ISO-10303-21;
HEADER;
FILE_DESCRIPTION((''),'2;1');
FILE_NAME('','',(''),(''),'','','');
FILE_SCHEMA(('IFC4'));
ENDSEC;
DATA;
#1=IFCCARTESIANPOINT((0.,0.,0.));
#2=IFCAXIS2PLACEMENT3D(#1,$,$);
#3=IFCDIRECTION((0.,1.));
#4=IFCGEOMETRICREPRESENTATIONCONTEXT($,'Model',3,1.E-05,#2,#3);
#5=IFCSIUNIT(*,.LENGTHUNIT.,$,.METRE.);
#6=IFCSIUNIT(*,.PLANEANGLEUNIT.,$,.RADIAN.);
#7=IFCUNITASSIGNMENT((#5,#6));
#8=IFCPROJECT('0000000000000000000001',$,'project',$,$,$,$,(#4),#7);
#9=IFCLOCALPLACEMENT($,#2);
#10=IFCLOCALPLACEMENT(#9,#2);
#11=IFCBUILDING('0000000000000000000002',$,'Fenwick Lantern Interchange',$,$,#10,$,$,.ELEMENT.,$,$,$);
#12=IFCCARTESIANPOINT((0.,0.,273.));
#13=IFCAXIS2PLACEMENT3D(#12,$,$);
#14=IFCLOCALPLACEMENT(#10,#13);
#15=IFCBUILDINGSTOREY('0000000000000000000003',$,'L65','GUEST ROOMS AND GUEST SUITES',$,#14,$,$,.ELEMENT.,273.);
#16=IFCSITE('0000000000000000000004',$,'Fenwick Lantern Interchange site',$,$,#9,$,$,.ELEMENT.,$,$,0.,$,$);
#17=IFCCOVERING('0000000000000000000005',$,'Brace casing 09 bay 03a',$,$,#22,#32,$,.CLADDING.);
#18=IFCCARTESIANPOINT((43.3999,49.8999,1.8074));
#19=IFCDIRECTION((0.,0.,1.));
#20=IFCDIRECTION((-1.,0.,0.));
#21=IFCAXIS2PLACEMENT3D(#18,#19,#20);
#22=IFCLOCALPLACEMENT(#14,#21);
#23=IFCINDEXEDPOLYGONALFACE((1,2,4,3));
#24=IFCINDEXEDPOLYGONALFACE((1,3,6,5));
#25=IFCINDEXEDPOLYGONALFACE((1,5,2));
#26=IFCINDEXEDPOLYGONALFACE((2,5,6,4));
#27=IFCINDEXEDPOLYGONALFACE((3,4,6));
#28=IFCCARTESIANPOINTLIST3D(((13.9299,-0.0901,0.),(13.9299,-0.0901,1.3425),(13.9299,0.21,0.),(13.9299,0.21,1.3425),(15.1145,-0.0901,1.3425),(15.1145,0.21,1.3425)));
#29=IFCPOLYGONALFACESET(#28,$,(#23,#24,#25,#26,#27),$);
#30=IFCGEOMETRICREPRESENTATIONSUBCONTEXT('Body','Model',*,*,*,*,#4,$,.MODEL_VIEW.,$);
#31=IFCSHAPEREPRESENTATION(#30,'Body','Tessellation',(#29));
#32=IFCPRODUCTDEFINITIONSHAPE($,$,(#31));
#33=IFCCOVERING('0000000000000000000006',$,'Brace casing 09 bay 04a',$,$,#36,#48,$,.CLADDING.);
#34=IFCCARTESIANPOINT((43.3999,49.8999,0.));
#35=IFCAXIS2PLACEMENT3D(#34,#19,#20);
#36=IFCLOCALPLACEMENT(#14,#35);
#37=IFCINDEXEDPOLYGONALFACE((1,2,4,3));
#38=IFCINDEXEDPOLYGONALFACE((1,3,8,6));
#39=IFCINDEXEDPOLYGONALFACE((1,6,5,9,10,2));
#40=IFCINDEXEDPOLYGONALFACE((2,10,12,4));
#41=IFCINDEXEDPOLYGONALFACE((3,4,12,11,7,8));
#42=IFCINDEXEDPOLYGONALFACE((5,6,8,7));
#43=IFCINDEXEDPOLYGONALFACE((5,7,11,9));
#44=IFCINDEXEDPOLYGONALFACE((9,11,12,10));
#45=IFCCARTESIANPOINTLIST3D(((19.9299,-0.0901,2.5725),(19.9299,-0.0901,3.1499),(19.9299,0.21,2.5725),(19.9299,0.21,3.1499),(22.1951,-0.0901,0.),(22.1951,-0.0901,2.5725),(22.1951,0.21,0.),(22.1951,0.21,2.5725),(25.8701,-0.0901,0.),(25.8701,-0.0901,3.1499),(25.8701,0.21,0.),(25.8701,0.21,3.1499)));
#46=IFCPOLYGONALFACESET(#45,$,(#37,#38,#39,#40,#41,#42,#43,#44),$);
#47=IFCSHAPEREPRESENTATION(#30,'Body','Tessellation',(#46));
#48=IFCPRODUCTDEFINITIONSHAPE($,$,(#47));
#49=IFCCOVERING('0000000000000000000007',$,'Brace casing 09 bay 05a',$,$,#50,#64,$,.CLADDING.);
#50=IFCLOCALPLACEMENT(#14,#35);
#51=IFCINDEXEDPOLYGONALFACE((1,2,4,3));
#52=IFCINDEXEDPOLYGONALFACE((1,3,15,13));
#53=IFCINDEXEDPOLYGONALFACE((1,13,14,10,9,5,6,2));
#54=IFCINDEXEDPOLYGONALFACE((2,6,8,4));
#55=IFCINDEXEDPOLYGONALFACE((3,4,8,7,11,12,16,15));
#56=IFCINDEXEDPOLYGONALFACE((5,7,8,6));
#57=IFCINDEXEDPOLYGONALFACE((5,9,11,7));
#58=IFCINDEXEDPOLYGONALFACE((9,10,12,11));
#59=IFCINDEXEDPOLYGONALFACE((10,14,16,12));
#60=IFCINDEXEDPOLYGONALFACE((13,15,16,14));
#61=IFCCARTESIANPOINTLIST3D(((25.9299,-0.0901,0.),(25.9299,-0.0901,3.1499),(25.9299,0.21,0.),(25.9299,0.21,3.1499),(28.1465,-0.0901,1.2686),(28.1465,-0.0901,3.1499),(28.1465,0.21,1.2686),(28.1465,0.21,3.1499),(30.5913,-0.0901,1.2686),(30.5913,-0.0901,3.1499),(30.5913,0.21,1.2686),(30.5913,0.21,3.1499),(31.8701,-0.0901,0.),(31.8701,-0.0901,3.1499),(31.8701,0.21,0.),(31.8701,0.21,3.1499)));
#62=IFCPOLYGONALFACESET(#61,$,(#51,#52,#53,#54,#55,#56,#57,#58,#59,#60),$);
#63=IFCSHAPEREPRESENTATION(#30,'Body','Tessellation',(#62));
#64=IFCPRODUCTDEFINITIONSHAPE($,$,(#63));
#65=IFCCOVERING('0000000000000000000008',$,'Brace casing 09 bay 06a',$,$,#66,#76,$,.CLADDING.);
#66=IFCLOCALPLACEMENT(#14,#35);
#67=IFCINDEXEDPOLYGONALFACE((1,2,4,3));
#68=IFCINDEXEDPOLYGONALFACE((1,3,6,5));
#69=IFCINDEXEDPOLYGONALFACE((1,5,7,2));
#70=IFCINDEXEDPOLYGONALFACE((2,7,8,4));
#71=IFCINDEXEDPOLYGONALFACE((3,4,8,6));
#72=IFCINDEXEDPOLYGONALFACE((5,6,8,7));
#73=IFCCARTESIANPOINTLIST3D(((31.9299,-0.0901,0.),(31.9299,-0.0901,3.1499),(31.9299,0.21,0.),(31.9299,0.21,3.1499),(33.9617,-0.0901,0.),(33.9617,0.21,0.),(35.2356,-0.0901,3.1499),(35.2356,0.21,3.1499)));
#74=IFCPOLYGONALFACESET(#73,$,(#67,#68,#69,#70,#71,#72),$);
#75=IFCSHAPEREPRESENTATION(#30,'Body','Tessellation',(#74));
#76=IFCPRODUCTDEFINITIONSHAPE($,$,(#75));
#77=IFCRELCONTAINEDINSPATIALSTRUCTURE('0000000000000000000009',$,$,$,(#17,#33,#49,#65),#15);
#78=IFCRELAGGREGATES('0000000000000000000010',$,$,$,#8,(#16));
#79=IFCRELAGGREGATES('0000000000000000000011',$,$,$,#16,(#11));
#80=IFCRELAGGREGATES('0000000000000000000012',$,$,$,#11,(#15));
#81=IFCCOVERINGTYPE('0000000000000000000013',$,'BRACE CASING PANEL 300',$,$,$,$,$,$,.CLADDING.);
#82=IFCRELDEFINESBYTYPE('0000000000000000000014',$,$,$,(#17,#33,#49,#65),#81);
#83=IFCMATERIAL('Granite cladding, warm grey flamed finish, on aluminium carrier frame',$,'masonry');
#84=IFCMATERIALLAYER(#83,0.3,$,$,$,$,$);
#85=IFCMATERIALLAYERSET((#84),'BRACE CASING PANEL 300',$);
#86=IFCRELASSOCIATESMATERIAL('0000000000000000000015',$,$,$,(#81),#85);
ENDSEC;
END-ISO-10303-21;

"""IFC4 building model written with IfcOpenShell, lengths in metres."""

from ifc_helpers import new_model, si_unit, direction, frame, origin, place, context, subcontext, project, spatial, polyline, outline, extrude, material, layer, layer_set, type_object, element, save


model = new_model("IFC4")

# Units and contexts
model_context = context("Model", 3, precision=1e-05, world=origin(), true_north=direction((0.0, 1.0)))
body_context = subcontext(model_context, "Body", "Model", "MODEL_VIEW")
ifc_project = project(units=[si_unit("LENGTHUNIT", "METRE"), si_unit("PLANEANGLEUNIT", "RADIAN")], contexts=[model_context])

# Site, building, storey
site_placement = place(None, origin())
site = spatial("IfcSite", under=ifc_project, at=site_placement, Name="Fenwick Lantern Interchange site", CompositionType="ELEMENT", RefElevation=0.0)
building_placement = place(site_placement, origin())
building = spatial("IfcBuilding", under=site, at=building_placement, Name="Fenwick Lantern Interchange", CompositionType="ELEMENT")
storey_placement = place(building_placement, frame((0.0, 0.0, 273.0)))
storey = spatial("IfcBuildingStorey", under=building, at=storey_placement, Name="L65", Description="GUEST ROOMS AND GUEST SUITES", CompositionType="ELEMENT", Elevation=273.0)

# Coverings
ifc_material_1 = material(Name="Granite cladding, warm grey flamed finish, on aluminium carrier frame", Category="masonry")
ifc_layer_1 = layer(ifc_material_1, 0.3)
ifc_layer_set_1 = layer_set([ifc_layer_1], Name="BRACE CASING PANEL 300")
covering_type = type_object("IfcCoveringType", Name="BRACE CASING PANEL 300", PredefinedType="CLADDING", material=ifc_layer_set_1)
covering_1_placement = place(storey_placement, frame((43.3999, 49.8999, 1.8074), z_axis=(0.0, 0.0, 1.0), x_axis=(-1.0, 0.0, 0.0)))
element("IfcCovering", 1, at=covering_1_placement, inside=storey, type_object=covering_type, Name="Brace casing 09 bay 03a", PredefinedType="CLADDING", context=body_context, shape_type="SweptSolid", body=[
    extrude(outline(polyline([(13.9299, 0.0), (15.1145, 1.3425), (13.9299, 1.3425), (13.9299, 0.0)])), frame((0.0, 0.21, 0.0), z_axis=(0.0, -1.0, 0.0), x_axis=(1.0, 0.0, 0.0)), (0.0, 0.0, 1.0), 0.3),
])
covering_2_placement = place(storey_placement, frame((43.3999, 49.8999, 0.0), z_axis=(0.0, 0.0, 1.0), x_axis=(-1.0, 0.0, 0.0)))
element("IfcCovering", 2, at=covering_2_placement, inside=storey, type_object=covering_type, Name="Brace casing 09 bay 04a", PredefinedType="CLADDING", context=body_context, shape_type="SweptSolid", body=[
    extrude(outline(polyline([(22.1951, 0.0), (25.8701, 0.0), (25.8701, 3.1499), (19.9299, 3.1499), (19.9299, 2.5725), (22.1951, 2.5725), (22.1951, 0.0)])), frame((0.0, 0.21, 0.0), z_axis=(0.0, -1.0, 0.0), x_axis=(1.0, 0.0, 0.0)), (0.0, 0.0, 1.0), 0.3),
])
covering_3_placement = place(storey_placement, frame((43.3999, 49.8999, 0.0), z_axis=(0.0, 0.0, 1.0), x_axis=(-1.0, 0.0, 0.0)))
element("IfcCovering", 3, at=covering_3_placement, inside=storey, type_object=covering_type, Name="Brace casing 09 bay 05a", PredefinedType="CLADDING", context=body_context, shape_type="SweptSolid", body=[
    extrude(outline(polyline([(25.9299, 0.0), (31.8701, 0.0), (31.8701, 3.1499), (30.5913, 3.1499), (30.5913, 1.2686), (28.1465, 1.2686), (28.1465, 3.1499), (25.9299, 3.1499), (25.9299, 0.0)])), frame((0.0, 0.21, 0.0), z_axis=(0.0, -1.0, 0.0), x_axis=(1.0, 0.0, 0.0)), (0.0, 0.0, 1.0), 0.3),
])
covering_4_placement = place(storey_placement, frame((43.3999, 49.8999, 0.0), z_axis=(0.0, 0.0, 1.0), x_axis=(-1.0, 0.0, 0.0)))
element("IfcCovering", 4, at=covering_4_placement, inside=storey, type_object=covering_type, Name="Brace casing 09 bay 06a", PredefinedType="CLADDING", context=body_context, shape_type="SweptSolid", body=[
    extrude(outline(polyline([(31.9299, 0.0), (33.9617, 0.0), (35.2356, 3.1499), (31.9299, 3.1499), (31.9299, 0.0)])), frame((0.0, 0.21, 0.0), z_axis=(0.0, -1.0, 0.0), x_axis=(1.0, 0.0, 0.0)), (0.0, 0.0, 1.0), 0.3),
])

save(model, "model.ifc")
